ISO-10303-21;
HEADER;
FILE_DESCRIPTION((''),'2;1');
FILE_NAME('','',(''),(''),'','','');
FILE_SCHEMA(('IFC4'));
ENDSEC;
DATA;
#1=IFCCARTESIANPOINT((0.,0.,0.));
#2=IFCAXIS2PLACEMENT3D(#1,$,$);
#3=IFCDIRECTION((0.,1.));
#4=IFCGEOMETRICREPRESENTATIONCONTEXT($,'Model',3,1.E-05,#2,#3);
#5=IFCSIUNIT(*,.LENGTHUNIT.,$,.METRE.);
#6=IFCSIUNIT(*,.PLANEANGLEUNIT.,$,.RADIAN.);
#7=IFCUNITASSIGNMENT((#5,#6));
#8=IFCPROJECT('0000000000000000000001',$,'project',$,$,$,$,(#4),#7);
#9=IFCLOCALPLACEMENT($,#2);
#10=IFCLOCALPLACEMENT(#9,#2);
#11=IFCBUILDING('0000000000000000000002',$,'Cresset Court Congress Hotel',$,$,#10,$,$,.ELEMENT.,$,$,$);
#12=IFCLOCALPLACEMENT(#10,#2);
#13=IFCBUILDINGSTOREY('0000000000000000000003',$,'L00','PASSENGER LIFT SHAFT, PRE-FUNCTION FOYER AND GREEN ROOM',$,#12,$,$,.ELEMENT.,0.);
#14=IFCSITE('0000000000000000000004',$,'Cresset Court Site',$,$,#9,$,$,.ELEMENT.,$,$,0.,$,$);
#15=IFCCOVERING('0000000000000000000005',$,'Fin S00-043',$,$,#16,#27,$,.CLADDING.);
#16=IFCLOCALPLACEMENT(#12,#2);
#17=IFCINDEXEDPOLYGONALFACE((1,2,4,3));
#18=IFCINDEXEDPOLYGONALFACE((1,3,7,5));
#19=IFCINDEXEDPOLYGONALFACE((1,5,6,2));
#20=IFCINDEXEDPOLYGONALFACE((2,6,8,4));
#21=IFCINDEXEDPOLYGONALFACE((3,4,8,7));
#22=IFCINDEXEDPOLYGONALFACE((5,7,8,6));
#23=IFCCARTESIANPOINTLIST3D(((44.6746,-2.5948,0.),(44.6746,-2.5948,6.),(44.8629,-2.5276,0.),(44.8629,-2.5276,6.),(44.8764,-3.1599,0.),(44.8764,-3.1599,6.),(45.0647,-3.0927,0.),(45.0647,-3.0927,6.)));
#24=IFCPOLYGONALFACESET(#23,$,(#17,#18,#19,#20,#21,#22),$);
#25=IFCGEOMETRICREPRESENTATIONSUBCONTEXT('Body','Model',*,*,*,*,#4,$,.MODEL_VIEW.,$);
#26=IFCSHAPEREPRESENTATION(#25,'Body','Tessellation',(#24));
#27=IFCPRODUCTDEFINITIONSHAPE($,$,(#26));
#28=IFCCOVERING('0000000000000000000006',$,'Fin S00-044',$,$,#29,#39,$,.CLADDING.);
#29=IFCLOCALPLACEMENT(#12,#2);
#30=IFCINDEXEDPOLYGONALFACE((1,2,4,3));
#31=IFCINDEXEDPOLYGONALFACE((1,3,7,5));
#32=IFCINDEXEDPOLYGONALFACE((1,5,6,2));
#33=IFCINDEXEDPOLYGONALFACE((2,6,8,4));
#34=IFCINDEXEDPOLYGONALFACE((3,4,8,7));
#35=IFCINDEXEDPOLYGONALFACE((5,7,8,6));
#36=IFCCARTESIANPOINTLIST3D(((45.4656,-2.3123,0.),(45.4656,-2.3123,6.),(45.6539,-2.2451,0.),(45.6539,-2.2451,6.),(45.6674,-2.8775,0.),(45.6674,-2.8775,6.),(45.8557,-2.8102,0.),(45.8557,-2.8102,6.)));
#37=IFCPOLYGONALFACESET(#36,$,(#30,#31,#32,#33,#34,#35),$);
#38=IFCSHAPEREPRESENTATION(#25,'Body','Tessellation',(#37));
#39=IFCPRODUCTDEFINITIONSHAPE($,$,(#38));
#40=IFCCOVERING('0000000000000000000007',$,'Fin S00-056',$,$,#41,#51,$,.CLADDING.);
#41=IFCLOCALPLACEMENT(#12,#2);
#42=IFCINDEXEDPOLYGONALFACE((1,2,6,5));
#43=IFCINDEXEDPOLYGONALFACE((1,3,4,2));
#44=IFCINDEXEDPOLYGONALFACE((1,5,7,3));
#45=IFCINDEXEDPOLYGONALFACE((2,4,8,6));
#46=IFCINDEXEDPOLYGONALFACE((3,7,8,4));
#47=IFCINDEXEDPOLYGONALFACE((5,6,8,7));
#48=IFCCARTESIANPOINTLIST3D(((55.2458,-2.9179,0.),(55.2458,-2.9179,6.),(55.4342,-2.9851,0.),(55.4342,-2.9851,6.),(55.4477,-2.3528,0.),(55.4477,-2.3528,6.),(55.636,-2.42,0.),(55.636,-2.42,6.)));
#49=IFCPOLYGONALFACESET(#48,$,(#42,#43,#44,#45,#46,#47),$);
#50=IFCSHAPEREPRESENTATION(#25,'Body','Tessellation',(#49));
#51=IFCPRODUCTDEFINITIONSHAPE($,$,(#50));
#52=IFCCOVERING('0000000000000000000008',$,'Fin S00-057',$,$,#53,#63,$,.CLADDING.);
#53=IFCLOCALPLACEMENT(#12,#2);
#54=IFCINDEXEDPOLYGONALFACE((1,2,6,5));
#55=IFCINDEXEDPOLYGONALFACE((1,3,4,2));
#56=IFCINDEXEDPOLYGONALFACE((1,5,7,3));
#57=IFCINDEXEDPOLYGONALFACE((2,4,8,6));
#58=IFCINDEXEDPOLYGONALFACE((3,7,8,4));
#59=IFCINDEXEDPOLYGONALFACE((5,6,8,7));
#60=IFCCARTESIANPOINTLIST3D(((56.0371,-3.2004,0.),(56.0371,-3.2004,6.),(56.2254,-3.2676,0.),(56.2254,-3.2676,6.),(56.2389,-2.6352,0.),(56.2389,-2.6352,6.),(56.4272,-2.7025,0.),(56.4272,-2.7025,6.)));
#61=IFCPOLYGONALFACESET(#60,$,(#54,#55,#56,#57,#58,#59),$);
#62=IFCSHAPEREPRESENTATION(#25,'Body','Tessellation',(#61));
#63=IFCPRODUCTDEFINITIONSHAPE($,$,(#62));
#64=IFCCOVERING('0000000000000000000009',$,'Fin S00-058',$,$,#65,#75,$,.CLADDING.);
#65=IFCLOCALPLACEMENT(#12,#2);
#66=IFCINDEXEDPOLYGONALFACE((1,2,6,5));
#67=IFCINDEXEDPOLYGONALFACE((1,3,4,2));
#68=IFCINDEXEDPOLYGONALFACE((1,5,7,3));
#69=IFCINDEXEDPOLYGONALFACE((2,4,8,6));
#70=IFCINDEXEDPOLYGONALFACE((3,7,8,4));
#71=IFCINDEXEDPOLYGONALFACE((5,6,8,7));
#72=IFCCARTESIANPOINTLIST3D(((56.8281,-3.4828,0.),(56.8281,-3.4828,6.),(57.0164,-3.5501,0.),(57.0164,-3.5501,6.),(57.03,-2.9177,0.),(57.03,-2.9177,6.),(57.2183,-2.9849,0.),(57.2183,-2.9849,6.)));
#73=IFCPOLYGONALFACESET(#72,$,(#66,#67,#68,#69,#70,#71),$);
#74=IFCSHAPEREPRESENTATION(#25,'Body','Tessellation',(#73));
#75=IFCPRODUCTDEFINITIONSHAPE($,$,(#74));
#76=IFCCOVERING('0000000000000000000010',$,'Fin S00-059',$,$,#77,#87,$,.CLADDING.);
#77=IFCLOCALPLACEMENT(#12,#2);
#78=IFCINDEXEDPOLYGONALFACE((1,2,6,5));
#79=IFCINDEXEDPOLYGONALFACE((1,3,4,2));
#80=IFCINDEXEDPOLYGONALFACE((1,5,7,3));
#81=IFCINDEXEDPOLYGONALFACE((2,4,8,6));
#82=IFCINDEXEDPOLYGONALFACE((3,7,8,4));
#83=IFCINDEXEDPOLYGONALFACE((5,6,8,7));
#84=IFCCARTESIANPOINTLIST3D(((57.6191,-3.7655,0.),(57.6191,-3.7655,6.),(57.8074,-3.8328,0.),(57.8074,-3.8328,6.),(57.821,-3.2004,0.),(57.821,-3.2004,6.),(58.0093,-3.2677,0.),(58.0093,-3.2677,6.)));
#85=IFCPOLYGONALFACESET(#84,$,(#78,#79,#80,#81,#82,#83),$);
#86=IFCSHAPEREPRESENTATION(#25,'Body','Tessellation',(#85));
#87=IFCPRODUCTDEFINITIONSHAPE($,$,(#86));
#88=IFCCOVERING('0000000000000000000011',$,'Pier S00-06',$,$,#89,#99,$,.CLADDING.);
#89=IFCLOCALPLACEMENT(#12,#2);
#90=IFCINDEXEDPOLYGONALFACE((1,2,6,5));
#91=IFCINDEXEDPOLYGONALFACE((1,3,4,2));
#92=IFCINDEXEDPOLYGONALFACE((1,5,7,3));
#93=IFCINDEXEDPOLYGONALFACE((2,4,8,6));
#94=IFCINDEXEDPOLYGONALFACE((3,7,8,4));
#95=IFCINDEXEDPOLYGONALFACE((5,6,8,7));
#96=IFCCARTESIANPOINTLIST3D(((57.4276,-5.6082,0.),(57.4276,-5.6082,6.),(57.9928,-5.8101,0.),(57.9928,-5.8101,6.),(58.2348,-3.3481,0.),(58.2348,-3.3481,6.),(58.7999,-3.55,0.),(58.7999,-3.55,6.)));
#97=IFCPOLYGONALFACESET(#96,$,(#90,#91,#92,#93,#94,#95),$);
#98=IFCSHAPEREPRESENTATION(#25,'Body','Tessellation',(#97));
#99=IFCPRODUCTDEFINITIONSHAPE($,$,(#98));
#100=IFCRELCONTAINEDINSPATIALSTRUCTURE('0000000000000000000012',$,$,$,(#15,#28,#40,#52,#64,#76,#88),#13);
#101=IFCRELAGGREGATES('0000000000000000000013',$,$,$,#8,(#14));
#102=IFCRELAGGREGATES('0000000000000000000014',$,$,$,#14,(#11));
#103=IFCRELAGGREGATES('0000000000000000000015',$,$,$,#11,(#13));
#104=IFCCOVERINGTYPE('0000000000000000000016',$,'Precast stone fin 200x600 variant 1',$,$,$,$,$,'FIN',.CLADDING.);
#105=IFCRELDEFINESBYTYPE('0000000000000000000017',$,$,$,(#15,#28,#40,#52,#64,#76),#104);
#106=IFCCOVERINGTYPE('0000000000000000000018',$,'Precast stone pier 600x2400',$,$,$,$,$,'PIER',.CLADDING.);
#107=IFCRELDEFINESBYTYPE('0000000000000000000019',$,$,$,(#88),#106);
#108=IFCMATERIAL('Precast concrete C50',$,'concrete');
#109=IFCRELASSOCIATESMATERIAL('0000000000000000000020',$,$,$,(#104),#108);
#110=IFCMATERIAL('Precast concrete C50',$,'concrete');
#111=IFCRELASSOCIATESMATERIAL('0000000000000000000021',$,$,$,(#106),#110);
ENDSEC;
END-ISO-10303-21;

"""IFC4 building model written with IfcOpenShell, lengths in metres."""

from ifc_helpers import new_model, si_unit, direction, frame, origin, origin_2d, place, context, subcontext, project, spatial, rectangle, extrude, material, type_object, element, save


model = new_model("IFC4")

# Units and contexts
model_context = context("Model", 3, precision=1e-05, world=origin(), true_north=direction((0.0, 1.0)))
body_context = subcontext(model_context, "Body", "Model", "MODEL_VIEW")
ifc_project = project(units=[si_unit("LENGTHUNIT", "METRE"), si_unit("PLANEANGLEUNIT", "RADIAN")], contexts=[model_context])

# Site, building, storey
site_placement = place(None, origin())
site = spatial("IfcSite", under=ifc_project, at=site_placement, Name="Cresset Court Site", CompositionType="ELEMENT", RefElevation=0.0)
building_placement = place(site_placement, origin())
building = spatial("IfcBuilding", under=site, at=building_placement, Name="Cresset Court Congress Hotel", CompositionType="ELEMENT")
storey_placement = place(building_placement, origin())
storey = spatial("IfcBuildingStorey", under=building, at=storey_placement, Name="L00", Description="PASSENGER LIFT SHAFT, PRE-FUNCTION FOYER AND GREEN ROOM", CompositionType="ELEMENT", Elevation=0.0)

# Coverings
ifc_material_1 = material(Name="Precast concrete C50", Category="concrete")
covering_type_1 = type_object("IfcCoveringType", Name="Precast stone fin 200x600 variant 1", ElementType="FIN", PredefinedType="CLADDING", material=ifc_material_1)
for number, where, z_axis, x_axis, name in (
    (1, (44.8696, -2.8438, 0.0), (0.0, 0.0, 1.0), (0.941742, 0.336336, 0.0), "Fin S00-043"),
    (2, (45.6606, -2.5613, 0.0), (0.0, 0.0, 1.0), (0.941742, 0.336336, 0.0), "Fin S00-044"),
    (3, (55.4409, -2.6689, 0.0), (0.0, 0.0, 1.0), (0.941742, -0.336336, 0.0), "Fin S00-056"),
    (4, (56.2322, -2.9514, 0.0), (0.0, 0.0, 1.0), (0.941742, -0.336336, 0.0), "Fin S00-057"),
    (5, (57.0232, -3.2339, 0.0), (0.0, 0.0, 1.0), (0.941742, -0.336336, 0.0), "Fin S00-058"),
    (6, (57.8142, -3.5166, 0.0), (0.0, 0.0, 1.0), (0.941742, -0.336336, 0.0), "Fin S00-059"),
):
    element("IfcCovering", number, at=place(storey_placement, frame(where, z_axis=z_axis, x_axis=x_axis)), inside=storey, type_object=covering_type_1, Name=name, PredefinedType="CLADDING", context=body_context, shape_type="SweptSolid", body=[
        extrude(rectangle(XDim=0.2, YDim=0.6001, at=origin_2d()), origin(), (0.0, 0.0, 1.0), 6.0),
    ])
ifc_material_2 = material(Name="Precast concrete C50", Category="concrete")
covering_type_2 = type_object("IfcCoveringType", Name="Precast stone pier 600x2400", ElementType="PIER", PredefinedType="CLADDING", material=ifc_material_2)
covering_placement = place(storey_placement, frame((58.1138, -4.5791, 0.0), z_axis=(0.0, 0.0, 1.0), x_axis=(0.941742, -0.336336, 0.0)))
element("IfcCovering", 7, at=covering_placement, inside=storey, type_object=covering_type_2, Name="Pier S00-06", PredefinedType="CLADDING", context=body_context, shape_type="SweptSolid", body=[
    extrude(rectangle(XDim=0.6001, YDim=2.3999, at=origin_2d()), origin(), (0.0, 0.0, 1.0), 6.0),
])

save(model, "model.ifc")
